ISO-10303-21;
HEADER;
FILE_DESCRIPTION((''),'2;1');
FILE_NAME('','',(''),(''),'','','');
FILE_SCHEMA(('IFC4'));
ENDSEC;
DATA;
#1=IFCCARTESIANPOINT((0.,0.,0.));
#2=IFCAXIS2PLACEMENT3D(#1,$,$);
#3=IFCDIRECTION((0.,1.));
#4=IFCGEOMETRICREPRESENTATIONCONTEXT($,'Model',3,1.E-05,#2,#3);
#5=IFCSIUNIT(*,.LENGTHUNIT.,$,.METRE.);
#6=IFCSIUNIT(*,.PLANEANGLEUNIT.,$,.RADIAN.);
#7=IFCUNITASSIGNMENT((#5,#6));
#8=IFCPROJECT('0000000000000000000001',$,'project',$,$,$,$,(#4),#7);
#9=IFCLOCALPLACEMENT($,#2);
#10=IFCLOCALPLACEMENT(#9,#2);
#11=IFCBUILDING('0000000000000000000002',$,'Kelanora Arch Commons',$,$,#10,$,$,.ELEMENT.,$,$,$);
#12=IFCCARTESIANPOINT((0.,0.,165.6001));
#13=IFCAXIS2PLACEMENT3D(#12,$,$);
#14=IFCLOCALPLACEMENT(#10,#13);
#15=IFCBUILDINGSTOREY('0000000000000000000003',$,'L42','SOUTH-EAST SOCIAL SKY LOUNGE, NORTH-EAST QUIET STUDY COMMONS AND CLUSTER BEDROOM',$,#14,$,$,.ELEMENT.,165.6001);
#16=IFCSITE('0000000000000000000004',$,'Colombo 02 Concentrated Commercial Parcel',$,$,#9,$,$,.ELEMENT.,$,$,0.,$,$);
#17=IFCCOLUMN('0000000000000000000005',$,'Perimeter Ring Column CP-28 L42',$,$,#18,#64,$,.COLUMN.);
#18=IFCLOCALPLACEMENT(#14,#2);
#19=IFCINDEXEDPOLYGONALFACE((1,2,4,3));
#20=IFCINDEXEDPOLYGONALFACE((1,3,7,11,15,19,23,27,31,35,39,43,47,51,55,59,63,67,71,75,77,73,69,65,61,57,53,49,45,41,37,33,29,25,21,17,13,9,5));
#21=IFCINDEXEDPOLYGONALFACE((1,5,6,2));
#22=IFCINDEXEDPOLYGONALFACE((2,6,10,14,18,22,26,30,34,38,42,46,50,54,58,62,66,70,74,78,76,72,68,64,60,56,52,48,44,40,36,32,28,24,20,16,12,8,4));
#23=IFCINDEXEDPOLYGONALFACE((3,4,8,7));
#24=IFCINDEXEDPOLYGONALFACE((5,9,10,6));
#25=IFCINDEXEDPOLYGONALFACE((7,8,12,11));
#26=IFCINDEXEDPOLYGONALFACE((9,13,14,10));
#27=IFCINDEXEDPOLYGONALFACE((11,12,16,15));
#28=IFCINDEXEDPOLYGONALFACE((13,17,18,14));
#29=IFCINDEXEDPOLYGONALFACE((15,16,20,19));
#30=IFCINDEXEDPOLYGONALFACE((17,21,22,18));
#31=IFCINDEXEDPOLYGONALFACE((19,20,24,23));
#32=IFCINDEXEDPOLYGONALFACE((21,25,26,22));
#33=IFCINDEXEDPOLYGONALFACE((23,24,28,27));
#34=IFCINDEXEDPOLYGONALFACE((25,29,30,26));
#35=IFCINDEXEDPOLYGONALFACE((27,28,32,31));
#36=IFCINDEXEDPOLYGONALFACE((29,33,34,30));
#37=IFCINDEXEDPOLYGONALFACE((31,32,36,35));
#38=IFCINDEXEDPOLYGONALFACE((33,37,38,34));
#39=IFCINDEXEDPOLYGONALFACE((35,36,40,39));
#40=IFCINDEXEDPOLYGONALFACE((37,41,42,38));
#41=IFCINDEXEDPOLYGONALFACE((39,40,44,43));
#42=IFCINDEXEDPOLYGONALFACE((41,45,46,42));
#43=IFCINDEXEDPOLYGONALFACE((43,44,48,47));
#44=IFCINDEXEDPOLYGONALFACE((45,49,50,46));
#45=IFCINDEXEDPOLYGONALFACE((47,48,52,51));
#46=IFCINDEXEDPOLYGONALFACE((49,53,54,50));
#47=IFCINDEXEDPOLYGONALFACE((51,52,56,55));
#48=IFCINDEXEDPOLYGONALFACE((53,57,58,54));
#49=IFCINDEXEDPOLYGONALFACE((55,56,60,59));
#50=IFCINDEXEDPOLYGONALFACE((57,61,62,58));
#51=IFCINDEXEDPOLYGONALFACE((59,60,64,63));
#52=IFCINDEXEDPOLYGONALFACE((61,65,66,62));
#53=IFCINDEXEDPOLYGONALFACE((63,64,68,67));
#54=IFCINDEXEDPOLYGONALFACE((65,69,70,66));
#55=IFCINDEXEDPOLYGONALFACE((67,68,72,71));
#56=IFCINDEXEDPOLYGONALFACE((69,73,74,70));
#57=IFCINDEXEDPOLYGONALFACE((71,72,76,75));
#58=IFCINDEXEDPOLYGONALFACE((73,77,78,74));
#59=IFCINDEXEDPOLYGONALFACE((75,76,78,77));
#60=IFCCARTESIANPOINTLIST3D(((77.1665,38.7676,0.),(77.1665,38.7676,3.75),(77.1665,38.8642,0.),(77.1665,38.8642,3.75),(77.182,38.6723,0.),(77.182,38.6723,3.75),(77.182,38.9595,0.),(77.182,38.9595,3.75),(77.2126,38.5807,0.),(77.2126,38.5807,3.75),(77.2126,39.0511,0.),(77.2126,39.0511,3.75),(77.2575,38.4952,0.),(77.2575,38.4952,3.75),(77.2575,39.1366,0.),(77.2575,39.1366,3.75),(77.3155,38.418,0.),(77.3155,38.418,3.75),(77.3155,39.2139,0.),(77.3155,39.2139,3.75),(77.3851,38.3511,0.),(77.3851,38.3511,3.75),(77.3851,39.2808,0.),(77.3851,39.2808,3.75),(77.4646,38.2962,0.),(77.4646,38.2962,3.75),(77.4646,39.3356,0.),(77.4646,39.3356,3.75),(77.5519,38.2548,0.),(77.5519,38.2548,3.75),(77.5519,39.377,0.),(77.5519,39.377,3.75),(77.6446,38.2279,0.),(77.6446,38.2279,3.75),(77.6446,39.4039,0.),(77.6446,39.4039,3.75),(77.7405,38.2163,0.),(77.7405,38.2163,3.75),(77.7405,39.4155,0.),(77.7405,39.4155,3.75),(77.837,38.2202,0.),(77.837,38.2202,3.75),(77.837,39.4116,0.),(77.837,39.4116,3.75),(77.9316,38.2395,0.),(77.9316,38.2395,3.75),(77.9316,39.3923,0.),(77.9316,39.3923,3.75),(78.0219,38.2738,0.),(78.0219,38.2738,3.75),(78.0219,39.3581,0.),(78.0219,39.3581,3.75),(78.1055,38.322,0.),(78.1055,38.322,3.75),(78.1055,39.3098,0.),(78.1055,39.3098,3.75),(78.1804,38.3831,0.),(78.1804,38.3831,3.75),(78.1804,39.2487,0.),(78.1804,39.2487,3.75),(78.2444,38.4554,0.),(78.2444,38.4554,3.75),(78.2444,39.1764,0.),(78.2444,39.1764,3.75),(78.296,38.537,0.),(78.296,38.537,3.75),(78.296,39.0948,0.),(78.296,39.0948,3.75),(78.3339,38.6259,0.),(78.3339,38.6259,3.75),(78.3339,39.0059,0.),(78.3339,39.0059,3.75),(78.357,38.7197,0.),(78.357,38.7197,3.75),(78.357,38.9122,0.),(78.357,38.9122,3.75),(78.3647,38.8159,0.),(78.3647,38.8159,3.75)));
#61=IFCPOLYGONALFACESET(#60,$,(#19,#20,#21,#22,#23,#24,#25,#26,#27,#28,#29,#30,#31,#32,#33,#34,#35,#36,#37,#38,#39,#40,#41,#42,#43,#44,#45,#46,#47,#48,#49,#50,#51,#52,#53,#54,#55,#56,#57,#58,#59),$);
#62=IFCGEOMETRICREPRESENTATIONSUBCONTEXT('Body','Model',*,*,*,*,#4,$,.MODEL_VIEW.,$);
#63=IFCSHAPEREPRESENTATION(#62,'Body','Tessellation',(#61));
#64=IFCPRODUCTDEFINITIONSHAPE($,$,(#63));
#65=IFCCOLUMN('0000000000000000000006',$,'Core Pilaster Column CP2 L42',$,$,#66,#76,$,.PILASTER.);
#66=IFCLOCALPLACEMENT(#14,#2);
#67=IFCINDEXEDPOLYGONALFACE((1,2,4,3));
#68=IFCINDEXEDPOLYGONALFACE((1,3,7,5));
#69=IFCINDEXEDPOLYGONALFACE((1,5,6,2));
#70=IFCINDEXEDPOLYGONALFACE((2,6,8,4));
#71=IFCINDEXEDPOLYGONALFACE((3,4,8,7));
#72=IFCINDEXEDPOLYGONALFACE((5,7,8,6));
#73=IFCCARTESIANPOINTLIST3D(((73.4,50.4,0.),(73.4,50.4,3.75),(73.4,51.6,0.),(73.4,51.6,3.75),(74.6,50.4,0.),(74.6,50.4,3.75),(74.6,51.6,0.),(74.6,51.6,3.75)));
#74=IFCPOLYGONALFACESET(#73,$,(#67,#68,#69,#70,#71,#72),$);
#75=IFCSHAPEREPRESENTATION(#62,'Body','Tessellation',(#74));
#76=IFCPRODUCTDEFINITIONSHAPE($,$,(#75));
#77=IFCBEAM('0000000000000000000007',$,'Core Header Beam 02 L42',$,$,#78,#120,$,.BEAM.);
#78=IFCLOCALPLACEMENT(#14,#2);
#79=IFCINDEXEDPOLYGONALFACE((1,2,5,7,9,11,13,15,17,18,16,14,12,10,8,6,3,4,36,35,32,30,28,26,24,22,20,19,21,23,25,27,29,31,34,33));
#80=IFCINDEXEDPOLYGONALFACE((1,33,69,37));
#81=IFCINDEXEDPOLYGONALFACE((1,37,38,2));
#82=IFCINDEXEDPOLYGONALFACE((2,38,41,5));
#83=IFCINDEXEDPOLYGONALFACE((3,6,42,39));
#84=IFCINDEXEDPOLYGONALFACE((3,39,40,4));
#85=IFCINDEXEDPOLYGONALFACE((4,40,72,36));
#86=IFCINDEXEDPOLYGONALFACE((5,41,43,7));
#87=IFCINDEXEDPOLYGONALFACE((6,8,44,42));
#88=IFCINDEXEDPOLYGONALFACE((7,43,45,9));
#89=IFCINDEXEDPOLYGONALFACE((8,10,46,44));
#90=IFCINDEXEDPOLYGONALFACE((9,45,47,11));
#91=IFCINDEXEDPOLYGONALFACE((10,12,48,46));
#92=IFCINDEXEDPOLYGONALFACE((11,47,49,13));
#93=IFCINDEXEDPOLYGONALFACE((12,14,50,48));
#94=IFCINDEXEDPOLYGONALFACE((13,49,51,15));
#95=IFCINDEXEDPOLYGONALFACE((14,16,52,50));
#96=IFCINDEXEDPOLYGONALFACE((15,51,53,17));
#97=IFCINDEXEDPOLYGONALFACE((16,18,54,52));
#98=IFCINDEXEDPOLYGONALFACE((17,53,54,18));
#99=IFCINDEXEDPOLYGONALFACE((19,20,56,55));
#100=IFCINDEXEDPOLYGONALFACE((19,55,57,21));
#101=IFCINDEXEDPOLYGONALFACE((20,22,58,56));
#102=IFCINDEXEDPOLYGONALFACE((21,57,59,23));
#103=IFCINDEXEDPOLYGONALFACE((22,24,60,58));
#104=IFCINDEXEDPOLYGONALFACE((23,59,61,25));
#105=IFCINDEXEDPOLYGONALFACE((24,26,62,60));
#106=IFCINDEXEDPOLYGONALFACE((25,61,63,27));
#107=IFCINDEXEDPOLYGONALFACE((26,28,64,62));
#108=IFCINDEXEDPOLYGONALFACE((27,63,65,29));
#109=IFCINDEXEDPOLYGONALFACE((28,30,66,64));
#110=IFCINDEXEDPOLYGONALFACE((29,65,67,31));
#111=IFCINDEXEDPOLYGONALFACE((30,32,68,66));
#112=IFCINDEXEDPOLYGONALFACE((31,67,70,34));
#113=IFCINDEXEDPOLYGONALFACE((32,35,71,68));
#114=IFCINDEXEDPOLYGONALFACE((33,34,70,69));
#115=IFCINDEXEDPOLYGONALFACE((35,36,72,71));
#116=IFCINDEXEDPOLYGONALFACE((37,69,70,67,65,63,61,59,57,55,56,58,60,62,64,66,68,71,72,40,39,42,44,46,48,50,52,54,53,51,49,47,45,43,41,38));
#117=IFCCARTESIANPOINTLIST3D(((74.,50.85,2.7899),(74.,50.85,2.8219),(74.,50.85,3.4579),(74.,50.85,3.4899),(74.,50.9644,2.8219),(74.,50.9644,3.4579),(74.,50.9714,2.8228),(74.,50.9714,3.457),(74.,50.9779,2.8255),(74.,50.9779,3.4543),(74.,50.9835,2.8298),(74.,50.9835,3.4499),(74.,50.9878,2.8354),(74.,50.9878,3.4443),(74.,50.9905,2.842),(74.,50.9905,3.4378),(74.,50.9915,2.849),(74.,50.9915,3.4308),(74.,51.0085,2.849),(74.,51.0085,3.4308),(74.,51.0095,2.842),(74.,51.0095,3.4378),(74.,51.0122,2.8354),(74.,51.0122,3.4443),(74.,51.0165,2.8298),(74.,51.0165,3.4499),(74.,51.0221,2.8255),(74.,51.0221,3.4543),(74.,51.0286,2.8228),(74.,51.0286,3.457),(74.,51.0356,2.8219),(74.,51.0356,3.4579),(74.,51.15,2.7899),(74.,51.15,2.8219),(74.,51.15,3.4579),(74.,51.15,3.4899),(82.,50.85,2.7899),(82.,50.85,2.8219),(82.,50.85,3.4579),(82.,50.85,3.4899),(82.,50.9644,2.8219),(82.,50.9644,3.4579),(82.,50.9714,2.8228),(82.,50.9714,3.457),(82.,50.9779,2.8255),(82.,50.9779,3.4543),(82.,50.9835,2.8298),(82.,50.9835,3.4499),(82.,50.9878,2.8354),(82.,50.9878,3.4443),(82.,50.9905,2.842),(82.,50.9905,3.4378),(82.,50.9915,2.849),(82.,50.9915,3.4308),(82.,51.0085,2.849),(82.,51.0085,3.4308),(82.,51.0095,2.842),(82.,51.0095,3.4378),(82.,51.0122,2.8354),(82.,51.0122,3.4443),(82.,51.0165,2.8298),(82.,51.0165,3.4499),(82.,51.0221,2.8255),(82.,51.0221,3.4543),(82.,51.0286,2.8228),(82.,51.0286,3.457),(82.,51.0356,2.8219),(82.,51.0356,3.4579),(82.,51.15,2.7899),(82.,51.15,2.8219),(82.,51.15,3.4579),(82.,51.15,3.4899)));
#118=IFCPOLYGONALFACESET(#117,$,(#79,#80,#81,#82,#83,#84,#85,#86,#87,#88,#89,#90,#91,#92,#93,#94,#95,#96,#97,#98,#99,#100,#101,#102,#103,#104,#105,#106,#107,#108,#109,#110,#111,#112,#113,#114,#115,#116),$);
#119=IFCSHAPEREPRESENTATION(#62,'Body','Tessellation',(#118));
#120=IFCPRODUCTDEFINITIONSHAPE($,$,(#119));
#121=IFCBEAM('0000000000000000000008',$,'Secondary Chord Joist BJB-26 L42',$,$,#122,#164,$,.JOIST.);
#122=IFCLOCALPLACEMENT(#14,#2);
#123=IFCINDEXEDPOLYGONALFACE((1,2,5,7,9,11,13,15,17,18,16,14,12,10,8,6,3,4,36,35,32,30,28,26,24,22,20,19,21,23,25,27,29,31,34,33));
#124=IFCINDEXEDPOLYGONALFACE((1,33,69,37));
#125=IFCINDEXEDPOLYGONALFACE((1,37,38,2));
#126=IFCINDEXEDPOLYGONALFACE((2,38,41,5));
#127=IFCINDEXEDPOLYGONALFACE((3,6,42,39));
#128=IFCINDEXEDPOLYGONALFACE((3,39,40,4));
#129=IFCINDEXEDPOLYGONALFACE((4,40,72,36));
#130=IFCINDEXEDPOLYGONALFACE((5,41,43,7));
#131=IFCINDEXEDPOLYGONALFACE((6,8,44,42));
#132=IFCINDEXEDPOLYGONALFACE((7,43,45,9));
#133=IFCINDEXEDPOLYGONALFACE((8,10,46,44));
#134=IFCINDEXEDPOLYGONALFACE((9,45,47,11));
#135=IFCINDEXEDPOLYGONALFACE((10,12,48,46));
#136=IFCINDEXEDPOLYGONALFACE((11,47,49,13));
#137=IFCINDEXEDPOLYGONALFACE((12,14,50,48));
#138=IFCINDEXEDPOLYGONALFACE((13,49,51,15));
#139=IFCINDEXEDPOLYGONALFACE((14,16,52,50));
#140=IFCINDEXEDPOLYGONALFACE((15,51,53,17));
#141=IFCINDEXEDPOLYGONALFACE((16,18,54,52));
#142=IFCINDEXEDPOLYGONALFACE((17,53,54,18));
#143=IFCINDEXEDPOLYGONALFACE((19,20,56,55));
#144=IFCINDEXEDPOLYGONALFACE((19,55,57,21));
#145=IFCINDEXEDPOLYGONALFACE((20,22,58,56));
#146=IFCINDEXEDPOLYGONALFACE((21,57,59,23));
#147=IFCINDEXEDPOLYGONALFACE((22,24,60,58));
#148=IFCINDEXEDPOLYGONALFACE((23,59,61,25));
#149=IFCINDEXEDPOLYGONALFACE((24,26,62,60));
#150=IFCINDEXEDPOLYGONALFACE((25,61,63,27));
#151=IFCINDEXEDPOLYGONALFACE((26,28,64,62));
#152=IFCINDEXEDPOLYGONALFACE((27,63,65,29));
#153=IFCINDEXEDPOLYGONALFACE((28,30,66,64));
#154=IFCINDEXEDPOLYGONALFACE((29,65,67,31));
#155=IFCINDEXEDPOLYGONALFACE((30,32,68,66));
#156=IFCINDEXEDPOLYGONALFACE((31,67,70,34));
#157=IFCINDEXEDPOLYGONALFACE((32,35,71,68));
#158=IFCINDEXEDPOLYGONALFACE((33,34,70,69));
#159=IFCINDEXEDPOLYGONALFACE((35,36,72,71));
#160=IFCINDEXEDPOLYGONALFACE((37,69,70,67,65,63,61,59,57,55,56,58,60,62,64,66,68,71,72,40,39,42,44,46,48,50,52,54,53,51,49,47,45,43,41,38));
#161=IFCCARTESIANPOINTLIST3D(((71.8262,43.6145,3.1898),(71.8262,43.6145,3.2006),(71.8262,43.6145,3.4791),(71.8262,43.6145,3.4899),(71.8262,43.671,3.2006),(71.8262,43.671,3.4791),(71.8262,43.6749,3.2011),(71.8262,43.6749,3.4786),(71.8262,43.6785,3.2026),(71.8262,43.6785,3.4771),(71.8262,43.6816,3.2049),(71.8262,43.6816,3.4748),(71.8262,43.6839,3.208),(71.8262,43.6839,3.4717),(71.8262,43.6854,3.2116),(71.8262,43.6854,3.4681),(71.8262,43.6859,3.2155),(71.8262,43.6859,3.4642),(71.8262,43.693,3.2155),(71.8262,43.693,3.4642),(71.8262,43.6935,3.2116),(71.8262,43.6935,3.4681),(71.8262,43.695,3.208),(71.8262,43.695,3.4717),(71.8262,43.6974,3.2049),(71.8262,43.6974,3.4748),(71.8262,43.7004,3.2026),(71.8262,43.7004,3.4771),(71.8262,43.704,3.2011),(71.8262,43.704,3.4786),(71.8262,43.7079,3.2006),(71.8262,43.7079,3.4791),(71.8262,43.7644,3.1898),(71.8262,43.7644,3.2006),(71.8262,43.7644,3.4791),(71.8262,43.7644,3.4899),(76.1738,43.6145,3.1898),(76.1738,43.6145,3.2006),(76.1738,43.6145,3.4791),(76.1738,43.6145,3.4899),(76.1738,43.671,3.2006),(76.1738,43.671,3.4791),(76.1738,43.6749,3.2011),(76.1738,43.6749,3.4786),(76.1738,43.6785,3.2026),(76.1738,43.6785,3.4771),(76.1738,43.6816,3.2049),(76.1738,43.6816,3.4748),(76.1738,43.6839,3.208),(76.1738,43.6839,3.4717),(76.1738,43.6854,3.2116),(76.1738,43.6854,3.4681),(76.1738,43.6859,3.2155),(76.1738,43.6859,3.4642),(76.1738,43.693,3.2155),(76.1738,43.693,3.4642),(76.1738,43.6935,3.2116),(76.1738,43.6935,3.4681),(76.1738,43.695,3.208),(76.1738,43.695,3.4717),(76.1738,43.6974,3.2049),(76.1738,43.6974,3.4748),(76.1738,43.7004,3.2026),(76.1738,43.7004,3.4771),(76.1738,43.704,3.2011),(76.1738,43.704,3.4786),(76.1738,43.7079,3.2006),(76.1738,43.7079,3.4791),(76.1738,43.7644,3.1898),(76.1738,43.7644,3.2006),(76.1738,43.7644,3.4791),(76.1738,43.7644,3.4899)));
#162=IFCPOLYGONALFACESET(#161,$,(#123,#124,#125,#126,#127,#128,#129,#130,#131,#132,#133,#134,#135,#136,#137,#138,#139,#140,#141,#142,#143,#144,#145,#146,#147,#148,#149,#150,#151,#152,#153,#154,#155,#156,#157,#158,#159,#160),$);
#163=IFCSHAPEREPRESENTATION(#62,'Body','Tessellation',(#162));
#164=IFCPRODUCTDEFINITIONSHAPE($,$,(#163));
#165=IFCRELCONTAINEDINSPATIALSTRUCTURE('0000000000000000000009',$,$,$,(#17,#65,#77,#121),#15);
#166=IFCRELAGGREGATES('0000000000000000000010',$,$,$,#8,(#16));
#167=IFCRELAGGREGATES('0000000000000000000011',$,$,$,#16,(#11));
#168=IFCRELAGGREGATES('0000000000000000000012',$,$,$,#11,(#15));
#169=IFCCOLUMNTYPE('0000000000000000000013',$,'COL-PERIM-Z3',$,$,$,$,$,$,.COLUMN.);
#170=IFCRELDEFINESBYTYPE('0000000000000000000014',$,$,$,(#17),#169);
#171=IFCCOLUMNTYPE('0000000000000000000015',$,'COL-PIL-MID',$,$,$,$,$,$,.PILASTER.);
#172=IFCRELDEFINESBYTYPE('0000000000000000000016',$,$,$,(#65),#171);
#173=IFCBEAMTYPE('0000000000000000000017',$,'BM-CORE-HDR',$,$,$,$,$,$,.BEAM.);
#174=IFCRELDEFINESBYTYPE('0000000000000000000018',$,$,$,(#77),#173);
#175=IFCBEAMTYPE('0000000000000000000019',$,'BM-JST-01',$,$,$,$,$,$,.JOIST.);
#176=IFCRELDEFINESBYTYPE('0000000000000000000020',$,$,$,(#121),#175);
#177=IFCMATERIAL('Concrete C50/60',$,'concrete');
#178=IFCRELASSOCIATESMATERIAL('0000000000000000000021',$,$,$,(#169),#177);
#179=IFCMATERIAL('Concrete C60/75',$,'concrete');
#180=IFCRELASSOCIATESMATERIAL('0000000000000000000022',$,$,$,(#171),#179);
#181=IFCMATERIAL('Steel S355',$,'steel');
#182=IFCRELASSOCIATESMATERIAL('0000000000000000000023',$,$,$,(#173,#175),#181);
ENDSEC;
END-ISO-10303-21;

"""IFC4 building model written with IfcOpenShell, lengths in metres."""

from ifc_helpers import new_model, si_unit, direction, frame, origin, origin_2d, place, context, subcontext, project, spatial, rectangle, circle, i_section, extrude, material, material_profile, profile_set, type_object, element, save


model = new_model("IFC4")

# Units and contexts
model_context = context("Model", 3, precision=1e-05, world=origin(), true_north=direction((0.0, 1.0)))
body_context = subcontext(model_context, "Body", "Model", "MODEL_VIEW")
ifc_project = project(units=[si_unit("LENGTHUNIT", "METRE"), si_unit("PLANEANGLEUNIT", "RADIAN")], contexts=[model_context])

# Site, building, storey
site_placement = place(None, origin())
site = spatial("IfcSite", under=ifc_project, at=site_placement, Name="Colombo 02 Concentrated Commercial Parcel", CompositionType="ELEMENT", RefElevation=0.0)
building_placement = place(site_placement, origin())
building = spatial("IfcBuilding", under=site, at=building_placement, Name="Kelanora Arch Commons", CompositionType="ELEMENT")
storey_placement = place(building_placement, frame((0.0, 0.0, 165.6001)))
storey = spatial("IfcBuildingStorey", under=building, at=storey_placement, Name="L42", Description="SOUTH-EAST SOCIAL SKY LOUNGE, NORTH-EAST QUIET STUDY COMMONS AND CLUSTER BEDROOM", CompositionType="ELEMENT", Elevation=165.6001)

# Columns
ifc_material_1 = material(Name="Concrete C50/60", Category="concrete")
ifc_material_profile_1 = material_profile(ifc_material_1, circle(Radius=0.6001, at=origin_2d()), Name="RCC1200")
ifc_profile_set_1 = profile_set([ifc_material_profile_1], Name="Concrete C50/60")
column_type_1 = type_object("IfcColumnType", Name="COL-PERIM-Z3", PredefinedType="COLUMN", material=ifc_profile_set_1)
column_1_placement = place(storey_placement, frame((77.7646, 38.8159, 0.0), z_axis=(0.0, 0.0, 1.0), x_axis=(1.0, 0.0, 0.0)))
element("IfcColumn", 1, at=column_1_placement, inside=storey, type_object=column_type_1, Name="Perimeter Ring Column CP-28 L42", PredefinedType="COLUMN", context=body_context, shape_type="SweptSolid", body=[
    extrude(circle(Radius=0.6001, at=origin_2d()), origin(), (0.0, 0.0, 1.0), 3.75),
])
ifc_material_2 = material(Name="Concrete C60/75", Category="concrete")
ifc_material_profile_2 = material_profile(ifc_material_2, rectangle(XDim=1.2, YDim=1.2, at=origin_2d()), Name="RC1200x1200")
ifc_profile_set_2 = profile_set([ifc_material_profile_2], Name="Concrete C60/75")
column_type_2 = type_object("IfcColumnType", Name="COL-PIL-MID", PredefinedType="PILASTER", material=ifc_profile_set_2)
column_2_placement = place(storey_placement, frame((74.0, 51.0, 0.0), z_axis=(0.0, 0.0, 1.0), x_axis=(1.0, 0.0, 0.0)))
element("IfcColumn", 2, at=column_2_placement, inside=storey, type_object=column_type_2, Name="Core Pilaster Column CP2 L42", PredefinedType="PILASTER", context=body_context, shape_type="SweptSolid", body=[
    extrude(rectangle(XDim=1.2, YDim=1.2, at=origin_2d()), origin(), (0.0, 0.0, 1.0), 3.75),
])

# Beams
ifc_material_3 = material(Name="Steel S355", Category="steel")
ifc_material_profile_3 = material_profile(ifc_material_3, i_section(OverallWidth=0.3, OverallDepth=0.7, WebThickness=0.0171, FlangeThickness=0.032, FilletRadius=0.0271, at=origin_2d()), Name="HEB700")
ifc_profile_set_3 = profile_set([ifc_material_profile_3], Name="Steel S355")
beam_type_1 = type_object("IfcBeamType", Name="BM-CORE-HDR", PredefinedType="BEAM", material=ifc_profile_set_3)
beam_1_placement = place(storey_placement, frame((74.0, 51.0, 3.1399), z_axis=(1.0, 0.0, 0.0), x_axis=(0.0, 1.0, 0.0)))
element("IfcBeam", 3, at=beam_1_placement, inside=storey, type_object=beam_type_1, Name="Core Header Beam 02 L42", PredefinedType="BEAM", context=body_context, shape_type="SweptSolid", body=[
    extrude(i_section(OverallWidth=0.3, OverallDepth=0.7, WebThickness=0.0171, FlangeThickness=0.032, FilletRadius=0.0271, at=origin_2d()), origin(), (0.0, 0.0, 1.0), 8.0),
])
ifc_material_profile_4 = material_profile(ifc_material_3, i_section(OverallWidth=0.1499, OverallDepth=0.3, WebThickness=0.0071, FlangeThickness=0.0107, FilletRadius=0.0149, at=origin_2d()), Name="IPE300")
ifc_profile_set_4 = profile_set([ifc_material_profile_4], Name="Steel S355")
beam_type_2 = type_object("IfcBeamType", Name="BM-JST-01", PredefinedType="JOIST", material=ifc_profile_set_4)
beam_2_placement = place(storey_placement, frame((71.8262, 43.6895, 3.3398), z_axis=(1.0, 0.0, 0.0), x_axis=(0.0, 1.0, 0.0)))
element("IfcBeam", 4, at=beam_2_placement, inside=storey, type_object=beam_type_2, Name="Secondary Chord Joist BJB-26 L42", PredefinedType="JOIST", context=body_context, shape_type="SweptSolid", body=[
    extrude(i_section(OverallWidth=0.1499, OverallDepth=0.3, WebThickness=0.0071, FlangeThickness=0.0107, FilletRadius=0.0149, at=origin_2d()), origin(), (0.0, 0.0, 1.0), 4.3477),
])

save(model, "model.ifc")
